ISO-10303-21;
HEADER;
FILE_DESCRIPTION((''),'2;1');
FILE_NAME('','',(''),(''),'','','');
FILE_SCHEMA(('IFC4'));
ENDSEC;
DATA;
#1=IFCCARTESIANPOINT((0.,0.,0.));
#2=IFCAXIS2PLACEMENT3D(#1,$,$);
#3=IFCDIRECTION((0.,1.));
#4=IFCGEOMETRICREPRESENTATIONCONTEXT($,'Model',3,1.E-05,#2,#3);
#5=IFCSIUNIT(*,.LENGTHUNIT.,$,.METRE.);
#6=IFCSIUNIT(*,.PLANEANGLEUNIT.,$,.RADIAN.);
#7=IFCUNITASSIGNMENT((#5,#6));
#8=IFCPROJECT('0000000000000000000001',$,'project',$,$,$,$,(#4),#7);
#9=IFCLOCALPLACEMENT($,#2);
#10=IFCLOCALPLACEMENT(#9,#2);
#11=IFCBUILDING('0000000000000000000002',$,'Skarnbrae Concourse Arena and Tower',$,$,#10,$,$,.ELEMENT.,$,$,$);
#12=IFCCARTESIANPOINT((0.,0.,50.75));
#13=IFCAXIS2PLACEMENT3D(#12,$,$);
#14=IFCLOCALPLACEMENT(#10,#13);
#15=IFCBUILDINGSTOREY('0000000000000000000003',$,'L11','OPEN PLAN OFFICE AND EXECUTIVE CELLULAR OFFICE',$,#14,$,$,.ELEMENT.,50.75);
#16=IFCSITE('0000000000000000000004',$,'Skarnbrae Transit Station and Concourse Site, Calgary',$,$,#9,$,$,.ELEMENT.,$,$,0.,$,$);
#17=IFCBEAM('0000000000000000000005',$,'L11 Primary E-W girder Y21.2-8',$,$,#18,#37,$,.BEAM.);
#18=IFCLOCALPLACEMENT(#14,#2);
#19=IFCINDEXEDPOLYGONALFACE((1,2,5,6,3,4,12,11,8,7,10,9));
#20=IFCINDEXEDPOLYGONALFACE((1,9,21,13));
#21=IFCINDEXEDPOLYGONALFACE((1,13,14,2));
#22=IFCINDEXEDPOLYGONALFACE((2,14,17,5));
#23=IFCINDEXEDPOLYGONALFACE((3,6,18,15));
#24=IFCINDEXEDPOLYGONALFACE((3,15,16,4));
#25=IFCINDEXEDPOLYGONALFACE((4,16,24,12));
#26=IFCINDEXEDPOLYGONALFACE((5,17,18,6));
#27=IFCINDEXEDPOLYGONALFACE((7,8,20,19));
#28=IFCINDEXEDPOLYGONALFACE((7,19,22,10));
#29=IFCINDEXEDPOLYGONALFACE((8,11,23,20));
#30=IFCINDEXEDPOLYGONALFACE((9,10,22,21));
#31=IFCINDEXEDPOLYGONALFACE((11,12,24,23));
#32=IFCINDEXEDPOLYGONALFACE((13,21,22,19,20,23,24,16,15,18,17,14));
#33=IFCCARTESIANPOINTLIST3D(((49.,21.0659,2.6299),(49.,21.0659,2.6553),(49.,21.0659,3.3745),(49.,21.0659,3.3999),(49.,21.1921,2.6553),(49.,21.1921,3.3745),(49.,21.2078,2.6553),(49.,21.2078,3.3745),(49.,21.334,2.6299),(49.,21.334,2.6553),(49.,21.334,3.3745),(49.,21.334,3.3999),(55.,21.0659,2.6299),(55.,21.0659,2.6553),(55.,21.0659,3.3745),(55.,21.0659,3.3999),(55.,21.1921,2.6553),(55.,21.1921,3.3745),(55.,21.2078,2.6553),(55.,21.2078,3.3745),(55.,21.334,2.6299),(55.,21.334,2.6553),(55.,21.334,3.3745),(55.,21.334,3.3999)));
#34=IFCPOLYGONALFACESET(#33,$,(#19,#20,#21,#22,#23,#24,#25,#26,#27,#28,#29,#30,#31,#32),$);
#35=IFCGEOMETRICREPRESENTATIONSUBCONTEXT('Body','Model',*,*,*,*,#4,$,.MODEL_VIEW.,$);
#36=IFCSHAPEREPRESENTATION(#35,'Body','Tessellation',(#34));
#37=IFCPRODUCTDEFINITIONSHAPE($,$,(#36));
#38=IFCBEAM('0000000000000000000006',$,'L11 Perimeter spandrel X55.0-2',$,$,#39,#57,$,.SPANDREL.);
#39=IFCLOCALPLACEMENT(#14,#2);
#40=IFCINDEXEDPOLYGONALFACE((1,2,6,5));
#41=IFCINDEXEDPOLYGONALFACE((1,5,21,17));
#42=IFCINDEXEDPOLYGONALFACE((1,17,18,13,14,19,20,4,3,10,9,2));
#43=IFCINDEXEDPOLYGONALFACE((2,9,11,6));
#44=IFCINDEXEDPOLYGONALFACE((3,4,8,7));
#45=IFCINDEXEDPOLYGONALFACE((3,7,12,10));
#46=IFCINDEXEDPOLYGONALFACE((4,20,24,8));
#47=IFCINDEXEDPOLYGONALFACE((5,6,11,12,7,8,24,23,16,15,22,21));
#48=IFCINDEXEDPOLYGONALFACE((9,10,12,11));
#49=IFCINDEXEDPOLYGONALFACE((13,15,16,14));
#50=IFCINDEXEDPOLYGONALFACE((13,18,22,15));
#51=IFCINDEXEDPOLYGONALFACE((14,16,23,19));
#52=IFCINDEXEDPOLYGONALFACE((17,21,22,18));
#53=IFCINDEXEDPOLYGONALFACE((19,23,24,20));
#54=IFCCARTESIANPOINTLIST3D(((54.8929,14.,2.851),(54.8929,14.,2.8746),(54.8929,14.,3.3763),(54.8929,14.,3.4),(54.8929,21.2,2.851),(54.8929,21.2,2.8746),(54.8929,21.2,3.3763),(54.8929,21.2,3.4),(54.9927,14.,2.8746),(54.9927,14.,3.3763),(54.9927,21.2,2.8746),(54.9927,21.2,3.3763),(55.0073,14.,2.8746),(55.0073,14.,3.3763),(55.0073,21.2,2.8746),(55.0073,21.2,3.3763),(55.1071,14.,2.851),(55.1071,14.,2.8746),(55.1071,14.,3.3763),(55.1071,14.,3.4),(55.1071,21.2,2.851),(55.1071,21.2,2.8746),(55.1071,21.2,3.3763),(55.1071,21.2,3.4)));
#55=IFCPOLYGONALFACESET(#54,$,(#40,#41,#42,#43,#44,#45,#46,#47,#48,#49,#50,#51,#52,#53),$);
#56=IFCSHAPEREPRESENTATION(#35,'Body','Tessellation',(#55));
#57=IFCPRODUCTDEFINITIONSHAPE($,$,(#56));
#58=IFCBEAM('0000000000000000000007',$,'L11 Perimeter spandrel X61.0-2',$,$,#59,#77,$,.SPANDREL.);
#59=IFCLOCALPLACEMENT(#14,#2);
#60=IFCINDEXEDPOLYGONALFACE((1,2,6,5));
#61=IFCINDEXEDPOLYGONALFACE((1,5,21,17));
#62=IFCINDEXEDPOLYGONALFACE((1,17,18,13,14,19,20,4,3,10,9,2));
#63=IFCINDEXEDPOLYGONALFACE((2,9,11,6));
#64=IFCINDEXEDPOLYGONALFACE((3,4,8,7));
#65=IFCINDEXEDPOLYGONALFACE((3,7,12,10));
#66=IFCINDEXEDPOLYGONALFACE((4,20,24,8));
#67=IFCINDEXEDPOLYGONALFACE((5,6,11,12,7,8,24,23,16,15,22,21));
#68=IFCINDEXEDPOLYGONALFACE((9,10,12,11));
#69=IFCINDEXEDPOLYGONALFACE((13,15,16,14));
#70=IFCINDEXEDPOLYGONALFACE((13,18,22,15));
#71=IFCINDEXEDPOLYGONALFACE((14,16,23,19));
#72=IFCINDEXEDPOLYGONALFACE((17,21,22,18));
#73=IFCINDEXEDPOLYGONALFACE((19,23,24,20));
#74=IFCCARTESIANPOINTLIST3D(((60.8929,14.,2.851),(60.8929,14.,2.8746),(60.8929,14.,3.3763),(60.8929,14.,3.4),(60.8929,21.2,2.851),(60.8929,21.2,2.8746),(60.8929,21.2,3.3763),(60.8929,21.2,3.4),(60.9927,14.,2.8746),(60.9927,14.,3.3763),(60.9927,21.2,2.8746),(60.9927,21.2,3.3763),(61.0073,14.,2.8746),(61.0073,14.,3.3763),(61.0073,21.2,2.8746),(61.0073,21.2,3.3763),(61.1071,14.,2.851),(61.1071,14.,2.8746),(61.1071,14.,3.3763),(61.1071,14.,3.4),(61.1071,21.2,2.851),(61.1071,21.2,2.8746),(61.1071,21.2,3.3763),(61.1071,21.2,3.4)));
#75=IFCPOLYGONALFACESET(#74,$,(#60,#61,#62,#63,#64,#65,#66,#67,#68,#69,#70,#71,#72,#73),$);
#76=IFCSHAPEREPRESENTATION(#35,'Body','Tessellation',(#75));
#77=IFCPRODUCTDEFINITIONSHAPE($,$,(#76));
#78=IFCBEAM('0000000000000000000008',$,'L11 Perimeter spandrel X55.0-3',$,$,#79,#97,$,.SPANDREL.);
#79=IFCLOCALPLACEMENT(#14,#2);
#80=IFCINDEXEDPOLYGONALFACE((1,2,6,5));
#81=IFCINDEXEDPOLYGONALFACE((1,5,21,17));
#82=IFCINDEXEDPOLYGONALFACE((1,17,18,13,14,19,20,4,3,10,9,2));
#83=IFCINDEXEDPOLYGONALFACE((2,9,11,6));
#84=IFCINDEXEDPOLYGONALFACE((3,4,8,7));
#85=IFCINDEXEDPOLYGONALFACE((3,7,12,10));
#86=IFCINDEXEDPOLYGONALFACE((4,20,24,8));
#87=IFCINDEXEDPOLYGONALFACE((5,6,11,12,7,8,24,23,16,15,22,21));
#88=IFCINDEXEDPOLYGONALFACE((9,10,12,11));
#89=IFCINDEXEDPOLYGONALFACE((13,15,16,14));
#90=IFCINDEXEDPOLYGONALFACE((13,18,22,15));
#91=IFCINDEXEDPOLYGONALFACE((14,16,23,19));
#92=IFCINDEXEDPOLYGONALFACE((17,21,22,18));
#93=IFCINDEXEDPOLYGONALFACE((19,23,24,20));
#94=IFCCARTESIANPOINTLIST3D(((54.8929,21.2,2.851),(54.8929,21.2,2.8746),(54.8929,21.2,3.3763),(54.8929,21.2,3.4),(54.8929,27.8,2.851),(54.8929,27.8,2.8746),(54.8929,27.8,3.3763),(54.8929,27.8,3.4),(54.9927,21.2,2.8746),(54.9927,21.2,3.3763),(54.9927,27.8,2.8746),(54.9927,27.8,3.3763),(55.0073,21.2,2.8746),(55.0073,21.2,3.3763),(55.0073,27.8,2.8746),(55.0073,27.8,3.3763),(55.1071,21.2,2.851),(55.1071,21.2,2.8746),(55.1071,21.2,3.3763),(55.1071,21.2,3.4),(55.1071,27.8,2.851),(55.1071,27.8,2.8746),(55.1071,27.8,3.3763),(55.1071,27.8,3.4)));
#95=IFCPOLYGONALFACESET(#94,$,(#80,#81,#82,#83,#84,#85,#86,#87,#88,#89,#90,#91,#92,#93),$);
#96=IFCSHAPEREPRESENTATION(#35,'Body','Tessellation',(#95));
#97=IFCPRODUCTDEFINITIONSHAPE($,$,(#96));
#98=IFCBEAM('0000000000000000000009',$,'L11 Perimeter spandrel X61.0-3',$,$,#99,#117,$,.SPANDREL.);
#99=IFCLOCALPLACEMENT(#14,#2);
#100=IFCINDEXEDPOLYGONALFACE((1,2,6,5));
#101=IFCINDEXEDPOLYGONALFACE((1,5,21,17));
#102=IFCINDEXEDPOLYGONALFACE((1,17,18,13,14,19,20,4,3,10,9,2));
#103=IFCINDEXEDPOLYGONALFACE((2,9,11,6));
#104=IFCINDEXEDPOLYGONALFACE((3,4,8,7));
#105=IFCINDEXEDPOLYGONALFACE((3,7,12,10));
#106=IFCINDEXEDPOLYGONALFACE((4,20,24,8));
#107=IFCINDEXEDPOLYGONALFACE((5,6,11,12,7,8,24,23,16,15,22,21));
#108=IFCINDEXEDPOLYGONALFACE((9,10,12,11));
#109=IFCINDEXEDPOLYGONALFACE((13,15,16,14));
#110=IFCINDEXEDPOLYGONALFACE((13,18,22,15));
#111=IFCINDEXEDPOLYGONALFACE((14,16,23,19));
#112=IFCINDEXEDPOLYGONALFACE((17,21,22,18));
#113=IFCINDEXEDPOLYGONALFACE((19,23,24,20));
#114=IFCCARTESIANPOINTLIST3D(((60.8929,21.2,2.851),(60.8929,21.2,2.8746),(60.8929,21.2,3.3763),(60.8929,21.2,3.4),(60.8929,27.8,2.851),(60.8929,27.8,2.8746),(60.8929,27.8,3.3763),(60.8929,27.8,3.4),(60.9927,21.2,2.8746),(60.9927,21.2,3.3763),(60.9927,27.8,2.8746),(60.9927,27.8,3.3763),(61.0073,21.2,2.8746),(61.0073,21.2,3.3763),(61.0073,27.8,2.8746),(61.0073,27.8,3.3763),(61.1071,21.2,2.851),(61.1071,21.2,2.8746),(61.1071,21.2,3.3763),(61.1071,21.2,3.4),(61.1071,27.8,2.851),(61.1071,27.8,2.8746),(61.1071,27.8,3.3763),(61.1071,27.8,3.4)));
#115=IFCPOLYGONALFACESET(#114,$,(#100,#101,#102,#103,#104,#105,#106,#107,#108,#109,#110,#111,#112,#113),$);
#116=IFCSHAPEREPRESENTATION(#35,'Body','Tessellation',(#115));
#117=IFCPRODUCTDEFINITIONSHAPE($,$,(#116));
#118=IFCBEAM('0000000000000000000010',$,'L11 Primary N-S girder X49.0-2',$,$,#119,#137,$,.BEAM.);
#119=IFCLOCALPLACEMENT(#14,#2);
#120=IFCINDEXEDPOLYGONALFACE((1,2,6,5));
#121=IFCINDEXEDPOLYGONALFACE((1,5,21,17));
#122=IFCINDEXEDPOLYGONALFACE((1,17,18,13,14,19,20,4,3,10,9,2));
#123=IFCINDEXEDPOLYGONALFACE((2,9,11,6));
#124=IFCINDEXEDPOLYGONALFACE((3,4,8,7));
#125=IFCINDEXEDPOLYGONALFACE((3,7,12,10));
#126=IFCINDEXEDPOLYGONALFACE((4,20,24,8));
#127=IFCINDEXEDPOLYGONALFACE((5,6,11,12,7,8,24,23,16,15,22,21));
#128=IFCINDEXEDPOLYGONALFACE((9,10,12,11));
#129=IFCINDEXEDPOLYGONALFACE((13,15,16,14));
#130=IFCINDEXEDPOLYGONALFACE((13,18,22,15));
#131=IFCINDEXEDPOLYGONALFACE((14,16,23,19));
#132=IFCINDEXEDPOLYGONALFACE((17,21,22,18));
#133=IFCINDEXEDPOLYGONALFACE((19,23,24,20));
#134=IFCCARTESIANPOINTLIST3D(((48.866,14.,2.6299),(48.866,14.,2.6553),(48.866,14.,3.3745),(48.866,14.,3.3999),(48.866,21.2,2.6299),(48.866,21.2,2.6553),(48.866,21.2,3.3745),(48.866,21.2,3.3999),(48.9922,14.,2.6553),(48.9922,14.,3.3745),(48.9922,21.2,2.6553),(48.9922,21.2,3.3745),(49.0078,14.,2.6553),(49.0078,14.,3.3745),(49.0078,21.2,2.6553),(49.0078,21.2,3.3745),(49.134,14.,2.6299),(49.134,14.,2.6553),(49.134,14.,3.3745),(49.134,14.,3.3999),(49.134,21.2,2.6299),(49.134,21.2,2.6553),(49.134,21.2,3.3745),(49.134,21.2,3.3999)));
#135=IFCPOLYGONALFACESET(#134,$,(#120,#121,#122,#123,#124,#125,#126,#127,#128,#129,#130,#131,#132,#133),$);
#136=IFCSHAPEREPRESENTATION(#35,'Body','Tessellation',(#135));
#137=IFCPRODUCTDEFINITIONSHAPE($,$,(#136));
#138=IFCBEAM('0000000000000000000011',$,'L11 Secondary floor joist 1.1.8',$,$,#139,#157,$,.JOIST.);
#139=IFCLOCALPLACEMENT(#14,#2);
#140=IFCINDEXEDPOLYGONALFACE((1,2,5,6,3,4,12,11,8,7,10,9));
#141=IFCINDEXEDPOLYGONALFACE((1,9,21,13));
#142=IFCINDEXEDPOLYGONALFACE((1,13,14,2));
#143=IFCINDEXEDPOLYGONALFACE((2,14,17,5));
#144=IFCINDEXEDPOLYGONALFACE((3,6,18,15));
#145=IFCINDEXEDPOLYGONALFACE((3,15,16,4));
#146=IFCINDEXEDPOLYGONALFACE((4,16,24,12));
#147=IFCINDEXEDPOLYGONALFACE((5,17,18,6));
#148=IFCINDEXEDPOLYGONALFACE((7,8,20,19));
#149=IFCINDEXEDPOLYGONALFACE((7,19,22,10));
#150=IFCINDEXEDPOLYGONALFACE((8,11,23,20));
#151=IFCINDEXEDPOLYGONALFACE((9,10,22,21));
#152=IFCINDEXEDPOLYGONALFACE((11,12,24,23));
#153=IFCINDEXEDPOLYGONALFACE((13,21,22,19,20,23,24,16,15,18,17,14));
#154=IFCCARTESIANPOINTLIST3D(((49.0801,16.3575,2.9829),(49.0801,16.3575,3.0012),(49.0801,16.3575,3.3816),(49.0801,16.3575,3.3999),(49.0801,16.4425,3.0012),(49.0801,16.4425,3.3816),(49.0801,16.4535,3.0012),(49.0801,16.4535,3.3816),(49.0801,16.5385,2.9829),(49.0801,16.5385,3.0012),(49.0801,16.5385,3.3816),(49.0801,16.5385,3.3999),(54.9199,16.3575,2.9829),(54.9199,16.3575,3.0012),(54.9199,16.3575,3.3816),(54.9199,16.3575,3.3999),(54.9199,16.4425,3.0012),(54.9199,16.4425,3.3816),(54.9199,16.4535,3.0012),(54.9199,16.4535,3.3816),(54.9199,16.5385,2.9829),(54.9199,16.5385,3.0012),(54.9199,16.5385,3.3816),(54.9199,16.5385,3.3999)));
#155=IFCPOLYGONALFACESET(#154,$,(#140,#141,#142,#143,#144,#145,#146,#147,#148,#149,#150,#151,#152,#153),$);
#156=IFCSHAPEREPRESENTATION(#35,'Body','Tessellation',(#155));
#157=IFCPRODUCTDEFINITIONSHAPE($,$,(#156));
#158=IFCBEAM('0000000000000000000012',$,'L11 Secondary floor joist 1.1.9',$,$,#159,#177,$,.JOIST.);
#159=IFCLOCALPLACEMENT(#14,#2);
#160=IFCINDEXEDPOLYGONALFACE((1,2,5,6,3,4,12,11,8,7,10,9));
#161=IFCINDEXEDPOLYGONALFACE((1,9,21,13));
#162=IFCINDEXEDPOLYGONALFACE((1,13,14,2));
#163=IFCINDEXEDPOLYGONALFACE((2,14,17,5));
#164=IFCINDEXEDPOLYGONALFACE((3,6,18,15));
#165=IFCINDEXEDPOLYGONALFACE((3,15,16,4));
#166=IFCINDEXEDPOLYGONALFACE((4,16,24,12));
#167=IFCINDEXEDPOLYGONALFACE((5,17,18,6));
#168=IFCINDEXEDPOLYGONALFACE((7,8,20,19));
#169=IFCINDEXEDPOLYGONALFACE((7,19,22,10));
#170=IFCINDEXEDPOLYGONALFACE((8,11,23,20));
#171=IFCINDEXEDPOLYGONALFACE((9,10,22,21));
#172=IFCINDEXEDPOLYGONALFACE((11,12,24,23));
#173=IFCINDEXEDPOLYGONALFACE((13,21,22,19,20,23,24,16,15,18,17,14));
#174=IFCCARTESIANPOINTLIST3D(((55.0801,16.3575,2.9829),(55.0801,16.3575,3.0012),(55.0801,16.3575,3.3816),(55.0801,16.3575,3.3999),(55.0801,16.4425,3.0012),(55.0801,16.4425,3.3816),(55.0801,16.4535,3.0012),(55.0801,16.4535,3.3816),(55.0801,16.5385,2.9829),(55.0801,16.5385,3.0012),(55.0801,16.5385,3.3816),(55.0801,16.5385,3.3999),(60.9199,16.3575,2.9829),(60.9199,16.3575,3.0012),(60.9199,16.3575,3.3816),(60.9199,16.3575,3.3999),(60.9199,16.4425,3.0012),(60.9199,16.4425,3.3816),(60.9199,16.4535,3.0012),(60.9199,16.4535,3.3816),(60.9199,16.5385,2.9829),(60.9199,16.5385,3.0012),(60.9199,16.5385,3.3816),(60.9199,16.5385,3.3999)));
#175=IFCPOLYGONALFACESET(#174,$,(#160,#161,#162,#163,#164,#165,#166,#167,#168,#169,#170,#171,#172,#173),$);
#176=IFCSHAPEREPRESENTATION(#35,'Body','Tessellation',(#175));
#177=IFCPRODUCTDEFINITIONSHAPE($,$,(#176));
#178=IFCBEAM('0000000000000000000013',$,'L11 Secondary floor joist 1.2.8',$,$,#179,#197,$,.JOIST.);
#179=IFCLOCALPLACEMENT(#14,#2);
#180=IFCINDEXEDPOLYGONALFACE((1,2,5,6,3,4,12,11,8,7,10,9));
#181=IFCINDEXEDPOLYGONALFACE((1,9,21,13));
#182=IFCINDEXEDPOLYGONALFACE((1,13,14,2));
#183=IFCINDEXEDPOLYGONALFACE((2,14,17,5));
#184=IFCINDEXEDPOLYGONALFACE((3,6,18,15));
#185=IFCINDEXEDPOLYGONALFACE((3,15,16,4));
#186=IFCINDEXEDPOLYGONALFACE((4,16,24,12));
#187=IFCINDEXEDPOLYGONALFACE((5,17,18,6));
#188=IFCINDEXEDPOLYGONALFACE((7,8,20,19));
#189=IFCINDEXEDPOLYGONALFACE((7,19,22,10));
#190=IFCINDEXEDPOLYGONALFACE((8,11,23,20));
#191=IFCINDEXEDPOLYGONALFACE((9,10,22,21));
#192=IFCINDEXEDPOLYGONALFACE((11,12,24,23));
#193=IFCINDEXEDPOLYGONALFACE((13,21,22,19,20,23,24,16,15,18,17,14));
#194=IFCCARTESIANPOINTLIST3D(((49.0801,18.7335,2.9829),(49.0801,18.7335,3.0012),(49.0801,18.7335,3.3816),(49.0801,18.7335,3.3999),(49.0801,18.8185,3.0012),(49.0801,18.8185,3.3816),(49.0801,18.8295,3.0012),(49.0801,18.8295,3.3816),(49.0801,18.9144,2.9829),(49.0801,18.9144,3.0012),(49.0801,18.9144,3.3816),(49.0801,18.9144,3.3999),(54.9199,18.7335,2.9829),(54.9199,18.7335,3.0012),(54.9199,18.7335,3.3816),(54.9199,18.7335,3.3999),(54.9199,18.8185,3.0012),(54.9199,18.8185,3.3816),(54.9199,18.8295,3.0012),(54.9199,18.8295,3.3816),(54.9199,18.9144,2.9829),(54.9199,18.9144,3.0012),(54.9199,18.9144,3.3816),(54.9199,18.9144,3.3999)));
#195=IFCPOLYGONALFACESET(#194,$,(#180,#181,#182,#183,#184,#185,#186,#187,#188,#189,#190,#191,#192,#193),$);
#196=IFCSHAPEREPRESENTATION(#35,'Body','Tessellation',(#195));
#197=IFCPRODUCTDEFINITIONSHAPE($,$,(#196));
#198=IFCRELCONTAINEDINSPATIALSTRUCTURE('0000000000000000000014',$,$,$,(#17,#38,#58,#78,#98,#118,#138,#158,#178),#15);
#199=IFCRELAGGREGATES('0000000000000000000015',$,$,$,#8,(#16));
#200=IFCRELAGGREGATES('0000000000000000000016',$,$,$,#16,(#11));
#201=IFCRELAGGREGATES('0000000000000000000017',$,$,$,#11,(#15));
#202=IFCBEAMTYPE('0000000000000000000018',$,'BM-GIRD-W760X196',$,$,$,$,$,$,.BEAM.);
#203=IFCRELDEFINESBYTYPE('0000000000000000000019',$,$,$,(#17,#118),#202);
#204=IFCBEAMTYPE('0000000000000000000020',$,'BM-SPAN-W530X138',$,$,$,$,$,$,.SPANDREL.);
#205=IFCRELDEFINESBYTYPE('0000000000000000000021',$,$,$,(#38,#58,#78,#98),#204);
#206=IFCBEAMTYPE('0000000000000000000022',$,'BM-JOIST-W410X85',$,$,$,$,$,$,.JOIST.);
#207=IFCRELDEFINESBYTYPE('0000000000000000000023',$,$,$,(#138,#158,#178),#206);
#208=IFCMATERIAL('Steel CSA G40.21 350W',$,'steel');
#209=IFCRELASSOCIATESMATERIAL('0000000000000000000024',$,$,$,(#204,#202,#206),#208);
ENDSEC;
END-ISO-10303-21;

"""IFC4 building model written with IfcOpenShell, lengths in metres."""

from ifc_helpers import new_model, si_unit, direction, frame, origin, origin_2d, place, context, subcontext, project, spatial, i_section, extrude, source, transform, mapped, material, material_profile, profile_set, type_object, element, save


model = new_model("IFC4")

# Units and contexts
model_context = context("Model", 3, precision=1e-05, world=origin(), true_north=direction((0.0, 1.0)))
body_context = subcontext(model_context, "Body", "Model", "MODEL_VIEW")
ifc_project = project(units=[si_unit("LENGTHUNIT", "METRE"), si_unit("PLANEANGLEUNIT", "RADIAN")], contexts=[model_context])

# Site, building, storey
site_placement = place(None, origin())
site = spatial("IfcSite", under=ifc_project, at=site_placement, Name="Skarnbrae Transit Station and Concourse Site, Calgary", CompositionType="ELEMENT", RefElevation=0.0)
building_placement = place(site_placement, origin())
building = spatial("IfcBuilding", under=site, at=building_placement, Name="Skarnbrae Concourse Arena and Tower", CompositionType="ELEMENT")
storey_placement = place(building_placement, frame((0.0, 0.0, 50.75)))
storey = spatial("IfcBuildingStorey", under=building, at=storey_placement, Name="L11", Description="OPEN PLAN OFFICE AND EXECUTIVE CELLULAR OFFICE", CompositionType="ELEMENT", Elevation=50.75)

# Shared definitions
ifc_material_1 = material(Name="Steel CSA G40.21 350W", Category="steel")

# Beams
ifc_material_profile_1 = material_profile(ifc_material_1, i_section(OverallWidth=0.2141, OverallDepth=0.5491, WebThickness=0.0146, FlangeThickness=0.0237, at=origin_2d()), Name="W530X138")
ifc_profile_set_1 = profile_set([ifc_material_profile_1], Name="Steel CSA G40.21 350W")
beam_type_1 = type_object("IfcBeamType", Name="BM-SPAN-W530X138", PredefinedType="SPANDREL", material=ifc_profile_set_1)
ifc_material_profile_2 = material_profile(ifc_material_1, i_section(OverallWidth=0.2681, OverallDepth=0.77, WebThickness=0.0156, FlangeThickness=0.0254, at=origin_2d()), Name="W760X196")
ifc_profile_set_2 = profile_set([ifc_material_profile_2], Name="Steel CSA G40.21 350W")
beam_type_2 = type_object("IfcBeamType", Name="BM-GIRD-W760X196", PredefinedType="BEAM", material=ifc_profile_set_2)
shared_shape_1 = source(origin(), body_context, "Body", "SweptSolid", [
    extrude(i_section(OverallWidth=0.2681, OverallDepth=0.77, WebThickness=0.0156, FlangeThickness=0.0254, at=origin_2d()), origin(), (0.0, 0.0, 1.0), 6.0),
])
beam_1_placement = place(storey_placement, frame((49.0, 21.2, 3.0149), z_axis=(1.0, 0.0, 0.0), x_axis=(0.0, 1.0, 0.0)))
element("IfcBeam", 1, at=beam_1_placement, inside=storey, type_object=beam_type_2, Name="L11 Primary E-W girder Y21.2-8", PredefinedType="BEAM", context=body_context, shape_type="MappedRepresentation", body=[
    mapped(shared_shape_1, transform((0.0, 0.0, 0.0))),
])
shared_shape_2 = source(origin(), body_context, "Body", "SweptSolid", [
    extrude(i_section(OverallWidth=0.2141, OverallDepth=0.5491, WebThickness=0.0146, FlangeThickness=0.0237, at=origin_2d()), origin(), (0.0, 0.0, 1.0), 7.2),
])
for number, where, z_axis, x_axis, name in (
    (2, (55.0, 14.0, 3.1255), (0.0, 1.0, 0.0), (-1.0, 0.0, 0.0), "L11 Perimeter spandrel X55.0-2"),
    (3, (61.0, 14.0, 3.1255), (0.0, 1.0, 0.0), (-1.0, 0.0, 0.0), "L11 Perimeter spandrel X61.0-2"),
):
    element("IfcBeam", number, at=place(storey_placement, frame(where, z_axis=z_axis, x_axis=x_axis)), inside=storey, type_object=beam_type_1, Name=name, PredefinedType="SPANDREL", context=body_context, shape_type="MappedRepresentation", body=[
        mapped(shared_shape_2, transform((0.0, 0.0, 0.0))),
    ])
shared_shape_3 = source(origin(), body_context, "Body", "SweptSolid", [
    extrude(i_section(OverallWidth=0.2141, OverallDepth=0.5491, WebThickness=0.0146, FlangeThickness=0.0237, at=origin_2d()), origin(), (0.0, 0.0, 1.0), 6.6001),
])
for number, where, z_axis, x_axis, name in (
    (4, (55.0, 21.2, 3.1255), (0.0, 1.0, 0.0), (-1.0, 0.0, 0.0), "L11 Perimeter spandrel X55.0-3"),
    (5, (61.0, 21.2, 3.1255), (0.0, 1.0, 0.0), (-1.0, 0.0, 0.0), "L11 Perimeter spandrel X61.0-3"),
):
    element("IfcBeam", number, at=place(storey_placement, frame(where, z_axis=z_axis, x_axis=x_axis)), inside=storey, type_object=beam_type_1, Name=name, PredefinedType="SPANDREL", context=body_context, shape_type="MappedRepresentation", body=[
        mapped(shared_shape_3, transform((0.0, 0.0, 0.0))),
    ])
shared_shape_4 = source(origin(), body_context, "Body", "SweptSolid", [
    extrude(i_section(OverallWidth=0.2681, OverallDepth=0.77, WebThickness=0.0156, FlangeThickness=0.0254, at=origin_2d()), origin(), (0.0, 0.0, 1.0), 7.2),
])
beam_2_placement = place(storey_placement, frame((49.0, 14.0, 3.0149), z_axis=(0.0, 1.0, 0.0), x_axis=(-1.0, 0.0, 0.0)))
element("IfcBeam", 6, at=beam_2_placement, inside=storey, type_object=beam_type_2, Name="L11 Primary N-S girder X49.0-2", PredefinedType="BEAM", context=body_context, shape_type="MappedRepresentation", body=[
    mapped(shared_shape_4, transform((0.0, 0.0, 0.0))),
])
ifc_material_profile_3 = material_profile(ifc_material_1, i_section(OverallWidth=0.1809, OverallDepth=0.417, WebThickness=0.011, FlangeThickness=0.0183, at=origin_2d()), Name="W410X85")
ifc_profile_set_3 = profile_set([ifc_material_profile_3], Name="Steel CSA G40.21 350W")
beam_type_3 = type_object("IfcBeamType", Name="BM-JOIST-W410X85", PredefinedType="JOIST", material=ifc_profile_set_3)
shared_shape_5 = source(origin(), body_context, "Body", "SweptSolid", [
    extrude(i_section(OverallWidth=0.1809, OverallDepth=0.417, WebThickness=0.011, FlangeThickness=0.0183, at=origin_2d()), origin(), (0.0, 0.0, 1.0), 5.8398),
])
for number, where, z_axis, x_axis, name in (
    (7, (49.0801, 16.448, 3.1914), (1.0, 0.0, 0.0), (0.0, 1.0, 0.0), "L11 Secondary floor joist 1.1.8"),
    (8, (55.0801, 16.448, 3.1914), (1.0, 0.0, 0.0), (0.0, 1.0, 0.0), "L11 Secondary floor joist 1.1.9"),
    (9, (49.0801, 18.824, 3.1914), (1.0, 0.0, 0.0), (0.0, 1.0, 0.0), "L11 Secondary floor joist 1.2.8"),
):
    element("IfcBeam", number, at=place(storey_placement, frame(where, z_axis=z_axis, x_axis=x_axis)), inside=storey, type_object=beam_type_3, Name=name, PredefinedType="JOIST", context=body_context, shape_type="MappedRepresentation", body=[
        mapped(shared_shape_5, transform((0.0, 0.0, 0.0))),
    ])

save(model, "model.ifc")
